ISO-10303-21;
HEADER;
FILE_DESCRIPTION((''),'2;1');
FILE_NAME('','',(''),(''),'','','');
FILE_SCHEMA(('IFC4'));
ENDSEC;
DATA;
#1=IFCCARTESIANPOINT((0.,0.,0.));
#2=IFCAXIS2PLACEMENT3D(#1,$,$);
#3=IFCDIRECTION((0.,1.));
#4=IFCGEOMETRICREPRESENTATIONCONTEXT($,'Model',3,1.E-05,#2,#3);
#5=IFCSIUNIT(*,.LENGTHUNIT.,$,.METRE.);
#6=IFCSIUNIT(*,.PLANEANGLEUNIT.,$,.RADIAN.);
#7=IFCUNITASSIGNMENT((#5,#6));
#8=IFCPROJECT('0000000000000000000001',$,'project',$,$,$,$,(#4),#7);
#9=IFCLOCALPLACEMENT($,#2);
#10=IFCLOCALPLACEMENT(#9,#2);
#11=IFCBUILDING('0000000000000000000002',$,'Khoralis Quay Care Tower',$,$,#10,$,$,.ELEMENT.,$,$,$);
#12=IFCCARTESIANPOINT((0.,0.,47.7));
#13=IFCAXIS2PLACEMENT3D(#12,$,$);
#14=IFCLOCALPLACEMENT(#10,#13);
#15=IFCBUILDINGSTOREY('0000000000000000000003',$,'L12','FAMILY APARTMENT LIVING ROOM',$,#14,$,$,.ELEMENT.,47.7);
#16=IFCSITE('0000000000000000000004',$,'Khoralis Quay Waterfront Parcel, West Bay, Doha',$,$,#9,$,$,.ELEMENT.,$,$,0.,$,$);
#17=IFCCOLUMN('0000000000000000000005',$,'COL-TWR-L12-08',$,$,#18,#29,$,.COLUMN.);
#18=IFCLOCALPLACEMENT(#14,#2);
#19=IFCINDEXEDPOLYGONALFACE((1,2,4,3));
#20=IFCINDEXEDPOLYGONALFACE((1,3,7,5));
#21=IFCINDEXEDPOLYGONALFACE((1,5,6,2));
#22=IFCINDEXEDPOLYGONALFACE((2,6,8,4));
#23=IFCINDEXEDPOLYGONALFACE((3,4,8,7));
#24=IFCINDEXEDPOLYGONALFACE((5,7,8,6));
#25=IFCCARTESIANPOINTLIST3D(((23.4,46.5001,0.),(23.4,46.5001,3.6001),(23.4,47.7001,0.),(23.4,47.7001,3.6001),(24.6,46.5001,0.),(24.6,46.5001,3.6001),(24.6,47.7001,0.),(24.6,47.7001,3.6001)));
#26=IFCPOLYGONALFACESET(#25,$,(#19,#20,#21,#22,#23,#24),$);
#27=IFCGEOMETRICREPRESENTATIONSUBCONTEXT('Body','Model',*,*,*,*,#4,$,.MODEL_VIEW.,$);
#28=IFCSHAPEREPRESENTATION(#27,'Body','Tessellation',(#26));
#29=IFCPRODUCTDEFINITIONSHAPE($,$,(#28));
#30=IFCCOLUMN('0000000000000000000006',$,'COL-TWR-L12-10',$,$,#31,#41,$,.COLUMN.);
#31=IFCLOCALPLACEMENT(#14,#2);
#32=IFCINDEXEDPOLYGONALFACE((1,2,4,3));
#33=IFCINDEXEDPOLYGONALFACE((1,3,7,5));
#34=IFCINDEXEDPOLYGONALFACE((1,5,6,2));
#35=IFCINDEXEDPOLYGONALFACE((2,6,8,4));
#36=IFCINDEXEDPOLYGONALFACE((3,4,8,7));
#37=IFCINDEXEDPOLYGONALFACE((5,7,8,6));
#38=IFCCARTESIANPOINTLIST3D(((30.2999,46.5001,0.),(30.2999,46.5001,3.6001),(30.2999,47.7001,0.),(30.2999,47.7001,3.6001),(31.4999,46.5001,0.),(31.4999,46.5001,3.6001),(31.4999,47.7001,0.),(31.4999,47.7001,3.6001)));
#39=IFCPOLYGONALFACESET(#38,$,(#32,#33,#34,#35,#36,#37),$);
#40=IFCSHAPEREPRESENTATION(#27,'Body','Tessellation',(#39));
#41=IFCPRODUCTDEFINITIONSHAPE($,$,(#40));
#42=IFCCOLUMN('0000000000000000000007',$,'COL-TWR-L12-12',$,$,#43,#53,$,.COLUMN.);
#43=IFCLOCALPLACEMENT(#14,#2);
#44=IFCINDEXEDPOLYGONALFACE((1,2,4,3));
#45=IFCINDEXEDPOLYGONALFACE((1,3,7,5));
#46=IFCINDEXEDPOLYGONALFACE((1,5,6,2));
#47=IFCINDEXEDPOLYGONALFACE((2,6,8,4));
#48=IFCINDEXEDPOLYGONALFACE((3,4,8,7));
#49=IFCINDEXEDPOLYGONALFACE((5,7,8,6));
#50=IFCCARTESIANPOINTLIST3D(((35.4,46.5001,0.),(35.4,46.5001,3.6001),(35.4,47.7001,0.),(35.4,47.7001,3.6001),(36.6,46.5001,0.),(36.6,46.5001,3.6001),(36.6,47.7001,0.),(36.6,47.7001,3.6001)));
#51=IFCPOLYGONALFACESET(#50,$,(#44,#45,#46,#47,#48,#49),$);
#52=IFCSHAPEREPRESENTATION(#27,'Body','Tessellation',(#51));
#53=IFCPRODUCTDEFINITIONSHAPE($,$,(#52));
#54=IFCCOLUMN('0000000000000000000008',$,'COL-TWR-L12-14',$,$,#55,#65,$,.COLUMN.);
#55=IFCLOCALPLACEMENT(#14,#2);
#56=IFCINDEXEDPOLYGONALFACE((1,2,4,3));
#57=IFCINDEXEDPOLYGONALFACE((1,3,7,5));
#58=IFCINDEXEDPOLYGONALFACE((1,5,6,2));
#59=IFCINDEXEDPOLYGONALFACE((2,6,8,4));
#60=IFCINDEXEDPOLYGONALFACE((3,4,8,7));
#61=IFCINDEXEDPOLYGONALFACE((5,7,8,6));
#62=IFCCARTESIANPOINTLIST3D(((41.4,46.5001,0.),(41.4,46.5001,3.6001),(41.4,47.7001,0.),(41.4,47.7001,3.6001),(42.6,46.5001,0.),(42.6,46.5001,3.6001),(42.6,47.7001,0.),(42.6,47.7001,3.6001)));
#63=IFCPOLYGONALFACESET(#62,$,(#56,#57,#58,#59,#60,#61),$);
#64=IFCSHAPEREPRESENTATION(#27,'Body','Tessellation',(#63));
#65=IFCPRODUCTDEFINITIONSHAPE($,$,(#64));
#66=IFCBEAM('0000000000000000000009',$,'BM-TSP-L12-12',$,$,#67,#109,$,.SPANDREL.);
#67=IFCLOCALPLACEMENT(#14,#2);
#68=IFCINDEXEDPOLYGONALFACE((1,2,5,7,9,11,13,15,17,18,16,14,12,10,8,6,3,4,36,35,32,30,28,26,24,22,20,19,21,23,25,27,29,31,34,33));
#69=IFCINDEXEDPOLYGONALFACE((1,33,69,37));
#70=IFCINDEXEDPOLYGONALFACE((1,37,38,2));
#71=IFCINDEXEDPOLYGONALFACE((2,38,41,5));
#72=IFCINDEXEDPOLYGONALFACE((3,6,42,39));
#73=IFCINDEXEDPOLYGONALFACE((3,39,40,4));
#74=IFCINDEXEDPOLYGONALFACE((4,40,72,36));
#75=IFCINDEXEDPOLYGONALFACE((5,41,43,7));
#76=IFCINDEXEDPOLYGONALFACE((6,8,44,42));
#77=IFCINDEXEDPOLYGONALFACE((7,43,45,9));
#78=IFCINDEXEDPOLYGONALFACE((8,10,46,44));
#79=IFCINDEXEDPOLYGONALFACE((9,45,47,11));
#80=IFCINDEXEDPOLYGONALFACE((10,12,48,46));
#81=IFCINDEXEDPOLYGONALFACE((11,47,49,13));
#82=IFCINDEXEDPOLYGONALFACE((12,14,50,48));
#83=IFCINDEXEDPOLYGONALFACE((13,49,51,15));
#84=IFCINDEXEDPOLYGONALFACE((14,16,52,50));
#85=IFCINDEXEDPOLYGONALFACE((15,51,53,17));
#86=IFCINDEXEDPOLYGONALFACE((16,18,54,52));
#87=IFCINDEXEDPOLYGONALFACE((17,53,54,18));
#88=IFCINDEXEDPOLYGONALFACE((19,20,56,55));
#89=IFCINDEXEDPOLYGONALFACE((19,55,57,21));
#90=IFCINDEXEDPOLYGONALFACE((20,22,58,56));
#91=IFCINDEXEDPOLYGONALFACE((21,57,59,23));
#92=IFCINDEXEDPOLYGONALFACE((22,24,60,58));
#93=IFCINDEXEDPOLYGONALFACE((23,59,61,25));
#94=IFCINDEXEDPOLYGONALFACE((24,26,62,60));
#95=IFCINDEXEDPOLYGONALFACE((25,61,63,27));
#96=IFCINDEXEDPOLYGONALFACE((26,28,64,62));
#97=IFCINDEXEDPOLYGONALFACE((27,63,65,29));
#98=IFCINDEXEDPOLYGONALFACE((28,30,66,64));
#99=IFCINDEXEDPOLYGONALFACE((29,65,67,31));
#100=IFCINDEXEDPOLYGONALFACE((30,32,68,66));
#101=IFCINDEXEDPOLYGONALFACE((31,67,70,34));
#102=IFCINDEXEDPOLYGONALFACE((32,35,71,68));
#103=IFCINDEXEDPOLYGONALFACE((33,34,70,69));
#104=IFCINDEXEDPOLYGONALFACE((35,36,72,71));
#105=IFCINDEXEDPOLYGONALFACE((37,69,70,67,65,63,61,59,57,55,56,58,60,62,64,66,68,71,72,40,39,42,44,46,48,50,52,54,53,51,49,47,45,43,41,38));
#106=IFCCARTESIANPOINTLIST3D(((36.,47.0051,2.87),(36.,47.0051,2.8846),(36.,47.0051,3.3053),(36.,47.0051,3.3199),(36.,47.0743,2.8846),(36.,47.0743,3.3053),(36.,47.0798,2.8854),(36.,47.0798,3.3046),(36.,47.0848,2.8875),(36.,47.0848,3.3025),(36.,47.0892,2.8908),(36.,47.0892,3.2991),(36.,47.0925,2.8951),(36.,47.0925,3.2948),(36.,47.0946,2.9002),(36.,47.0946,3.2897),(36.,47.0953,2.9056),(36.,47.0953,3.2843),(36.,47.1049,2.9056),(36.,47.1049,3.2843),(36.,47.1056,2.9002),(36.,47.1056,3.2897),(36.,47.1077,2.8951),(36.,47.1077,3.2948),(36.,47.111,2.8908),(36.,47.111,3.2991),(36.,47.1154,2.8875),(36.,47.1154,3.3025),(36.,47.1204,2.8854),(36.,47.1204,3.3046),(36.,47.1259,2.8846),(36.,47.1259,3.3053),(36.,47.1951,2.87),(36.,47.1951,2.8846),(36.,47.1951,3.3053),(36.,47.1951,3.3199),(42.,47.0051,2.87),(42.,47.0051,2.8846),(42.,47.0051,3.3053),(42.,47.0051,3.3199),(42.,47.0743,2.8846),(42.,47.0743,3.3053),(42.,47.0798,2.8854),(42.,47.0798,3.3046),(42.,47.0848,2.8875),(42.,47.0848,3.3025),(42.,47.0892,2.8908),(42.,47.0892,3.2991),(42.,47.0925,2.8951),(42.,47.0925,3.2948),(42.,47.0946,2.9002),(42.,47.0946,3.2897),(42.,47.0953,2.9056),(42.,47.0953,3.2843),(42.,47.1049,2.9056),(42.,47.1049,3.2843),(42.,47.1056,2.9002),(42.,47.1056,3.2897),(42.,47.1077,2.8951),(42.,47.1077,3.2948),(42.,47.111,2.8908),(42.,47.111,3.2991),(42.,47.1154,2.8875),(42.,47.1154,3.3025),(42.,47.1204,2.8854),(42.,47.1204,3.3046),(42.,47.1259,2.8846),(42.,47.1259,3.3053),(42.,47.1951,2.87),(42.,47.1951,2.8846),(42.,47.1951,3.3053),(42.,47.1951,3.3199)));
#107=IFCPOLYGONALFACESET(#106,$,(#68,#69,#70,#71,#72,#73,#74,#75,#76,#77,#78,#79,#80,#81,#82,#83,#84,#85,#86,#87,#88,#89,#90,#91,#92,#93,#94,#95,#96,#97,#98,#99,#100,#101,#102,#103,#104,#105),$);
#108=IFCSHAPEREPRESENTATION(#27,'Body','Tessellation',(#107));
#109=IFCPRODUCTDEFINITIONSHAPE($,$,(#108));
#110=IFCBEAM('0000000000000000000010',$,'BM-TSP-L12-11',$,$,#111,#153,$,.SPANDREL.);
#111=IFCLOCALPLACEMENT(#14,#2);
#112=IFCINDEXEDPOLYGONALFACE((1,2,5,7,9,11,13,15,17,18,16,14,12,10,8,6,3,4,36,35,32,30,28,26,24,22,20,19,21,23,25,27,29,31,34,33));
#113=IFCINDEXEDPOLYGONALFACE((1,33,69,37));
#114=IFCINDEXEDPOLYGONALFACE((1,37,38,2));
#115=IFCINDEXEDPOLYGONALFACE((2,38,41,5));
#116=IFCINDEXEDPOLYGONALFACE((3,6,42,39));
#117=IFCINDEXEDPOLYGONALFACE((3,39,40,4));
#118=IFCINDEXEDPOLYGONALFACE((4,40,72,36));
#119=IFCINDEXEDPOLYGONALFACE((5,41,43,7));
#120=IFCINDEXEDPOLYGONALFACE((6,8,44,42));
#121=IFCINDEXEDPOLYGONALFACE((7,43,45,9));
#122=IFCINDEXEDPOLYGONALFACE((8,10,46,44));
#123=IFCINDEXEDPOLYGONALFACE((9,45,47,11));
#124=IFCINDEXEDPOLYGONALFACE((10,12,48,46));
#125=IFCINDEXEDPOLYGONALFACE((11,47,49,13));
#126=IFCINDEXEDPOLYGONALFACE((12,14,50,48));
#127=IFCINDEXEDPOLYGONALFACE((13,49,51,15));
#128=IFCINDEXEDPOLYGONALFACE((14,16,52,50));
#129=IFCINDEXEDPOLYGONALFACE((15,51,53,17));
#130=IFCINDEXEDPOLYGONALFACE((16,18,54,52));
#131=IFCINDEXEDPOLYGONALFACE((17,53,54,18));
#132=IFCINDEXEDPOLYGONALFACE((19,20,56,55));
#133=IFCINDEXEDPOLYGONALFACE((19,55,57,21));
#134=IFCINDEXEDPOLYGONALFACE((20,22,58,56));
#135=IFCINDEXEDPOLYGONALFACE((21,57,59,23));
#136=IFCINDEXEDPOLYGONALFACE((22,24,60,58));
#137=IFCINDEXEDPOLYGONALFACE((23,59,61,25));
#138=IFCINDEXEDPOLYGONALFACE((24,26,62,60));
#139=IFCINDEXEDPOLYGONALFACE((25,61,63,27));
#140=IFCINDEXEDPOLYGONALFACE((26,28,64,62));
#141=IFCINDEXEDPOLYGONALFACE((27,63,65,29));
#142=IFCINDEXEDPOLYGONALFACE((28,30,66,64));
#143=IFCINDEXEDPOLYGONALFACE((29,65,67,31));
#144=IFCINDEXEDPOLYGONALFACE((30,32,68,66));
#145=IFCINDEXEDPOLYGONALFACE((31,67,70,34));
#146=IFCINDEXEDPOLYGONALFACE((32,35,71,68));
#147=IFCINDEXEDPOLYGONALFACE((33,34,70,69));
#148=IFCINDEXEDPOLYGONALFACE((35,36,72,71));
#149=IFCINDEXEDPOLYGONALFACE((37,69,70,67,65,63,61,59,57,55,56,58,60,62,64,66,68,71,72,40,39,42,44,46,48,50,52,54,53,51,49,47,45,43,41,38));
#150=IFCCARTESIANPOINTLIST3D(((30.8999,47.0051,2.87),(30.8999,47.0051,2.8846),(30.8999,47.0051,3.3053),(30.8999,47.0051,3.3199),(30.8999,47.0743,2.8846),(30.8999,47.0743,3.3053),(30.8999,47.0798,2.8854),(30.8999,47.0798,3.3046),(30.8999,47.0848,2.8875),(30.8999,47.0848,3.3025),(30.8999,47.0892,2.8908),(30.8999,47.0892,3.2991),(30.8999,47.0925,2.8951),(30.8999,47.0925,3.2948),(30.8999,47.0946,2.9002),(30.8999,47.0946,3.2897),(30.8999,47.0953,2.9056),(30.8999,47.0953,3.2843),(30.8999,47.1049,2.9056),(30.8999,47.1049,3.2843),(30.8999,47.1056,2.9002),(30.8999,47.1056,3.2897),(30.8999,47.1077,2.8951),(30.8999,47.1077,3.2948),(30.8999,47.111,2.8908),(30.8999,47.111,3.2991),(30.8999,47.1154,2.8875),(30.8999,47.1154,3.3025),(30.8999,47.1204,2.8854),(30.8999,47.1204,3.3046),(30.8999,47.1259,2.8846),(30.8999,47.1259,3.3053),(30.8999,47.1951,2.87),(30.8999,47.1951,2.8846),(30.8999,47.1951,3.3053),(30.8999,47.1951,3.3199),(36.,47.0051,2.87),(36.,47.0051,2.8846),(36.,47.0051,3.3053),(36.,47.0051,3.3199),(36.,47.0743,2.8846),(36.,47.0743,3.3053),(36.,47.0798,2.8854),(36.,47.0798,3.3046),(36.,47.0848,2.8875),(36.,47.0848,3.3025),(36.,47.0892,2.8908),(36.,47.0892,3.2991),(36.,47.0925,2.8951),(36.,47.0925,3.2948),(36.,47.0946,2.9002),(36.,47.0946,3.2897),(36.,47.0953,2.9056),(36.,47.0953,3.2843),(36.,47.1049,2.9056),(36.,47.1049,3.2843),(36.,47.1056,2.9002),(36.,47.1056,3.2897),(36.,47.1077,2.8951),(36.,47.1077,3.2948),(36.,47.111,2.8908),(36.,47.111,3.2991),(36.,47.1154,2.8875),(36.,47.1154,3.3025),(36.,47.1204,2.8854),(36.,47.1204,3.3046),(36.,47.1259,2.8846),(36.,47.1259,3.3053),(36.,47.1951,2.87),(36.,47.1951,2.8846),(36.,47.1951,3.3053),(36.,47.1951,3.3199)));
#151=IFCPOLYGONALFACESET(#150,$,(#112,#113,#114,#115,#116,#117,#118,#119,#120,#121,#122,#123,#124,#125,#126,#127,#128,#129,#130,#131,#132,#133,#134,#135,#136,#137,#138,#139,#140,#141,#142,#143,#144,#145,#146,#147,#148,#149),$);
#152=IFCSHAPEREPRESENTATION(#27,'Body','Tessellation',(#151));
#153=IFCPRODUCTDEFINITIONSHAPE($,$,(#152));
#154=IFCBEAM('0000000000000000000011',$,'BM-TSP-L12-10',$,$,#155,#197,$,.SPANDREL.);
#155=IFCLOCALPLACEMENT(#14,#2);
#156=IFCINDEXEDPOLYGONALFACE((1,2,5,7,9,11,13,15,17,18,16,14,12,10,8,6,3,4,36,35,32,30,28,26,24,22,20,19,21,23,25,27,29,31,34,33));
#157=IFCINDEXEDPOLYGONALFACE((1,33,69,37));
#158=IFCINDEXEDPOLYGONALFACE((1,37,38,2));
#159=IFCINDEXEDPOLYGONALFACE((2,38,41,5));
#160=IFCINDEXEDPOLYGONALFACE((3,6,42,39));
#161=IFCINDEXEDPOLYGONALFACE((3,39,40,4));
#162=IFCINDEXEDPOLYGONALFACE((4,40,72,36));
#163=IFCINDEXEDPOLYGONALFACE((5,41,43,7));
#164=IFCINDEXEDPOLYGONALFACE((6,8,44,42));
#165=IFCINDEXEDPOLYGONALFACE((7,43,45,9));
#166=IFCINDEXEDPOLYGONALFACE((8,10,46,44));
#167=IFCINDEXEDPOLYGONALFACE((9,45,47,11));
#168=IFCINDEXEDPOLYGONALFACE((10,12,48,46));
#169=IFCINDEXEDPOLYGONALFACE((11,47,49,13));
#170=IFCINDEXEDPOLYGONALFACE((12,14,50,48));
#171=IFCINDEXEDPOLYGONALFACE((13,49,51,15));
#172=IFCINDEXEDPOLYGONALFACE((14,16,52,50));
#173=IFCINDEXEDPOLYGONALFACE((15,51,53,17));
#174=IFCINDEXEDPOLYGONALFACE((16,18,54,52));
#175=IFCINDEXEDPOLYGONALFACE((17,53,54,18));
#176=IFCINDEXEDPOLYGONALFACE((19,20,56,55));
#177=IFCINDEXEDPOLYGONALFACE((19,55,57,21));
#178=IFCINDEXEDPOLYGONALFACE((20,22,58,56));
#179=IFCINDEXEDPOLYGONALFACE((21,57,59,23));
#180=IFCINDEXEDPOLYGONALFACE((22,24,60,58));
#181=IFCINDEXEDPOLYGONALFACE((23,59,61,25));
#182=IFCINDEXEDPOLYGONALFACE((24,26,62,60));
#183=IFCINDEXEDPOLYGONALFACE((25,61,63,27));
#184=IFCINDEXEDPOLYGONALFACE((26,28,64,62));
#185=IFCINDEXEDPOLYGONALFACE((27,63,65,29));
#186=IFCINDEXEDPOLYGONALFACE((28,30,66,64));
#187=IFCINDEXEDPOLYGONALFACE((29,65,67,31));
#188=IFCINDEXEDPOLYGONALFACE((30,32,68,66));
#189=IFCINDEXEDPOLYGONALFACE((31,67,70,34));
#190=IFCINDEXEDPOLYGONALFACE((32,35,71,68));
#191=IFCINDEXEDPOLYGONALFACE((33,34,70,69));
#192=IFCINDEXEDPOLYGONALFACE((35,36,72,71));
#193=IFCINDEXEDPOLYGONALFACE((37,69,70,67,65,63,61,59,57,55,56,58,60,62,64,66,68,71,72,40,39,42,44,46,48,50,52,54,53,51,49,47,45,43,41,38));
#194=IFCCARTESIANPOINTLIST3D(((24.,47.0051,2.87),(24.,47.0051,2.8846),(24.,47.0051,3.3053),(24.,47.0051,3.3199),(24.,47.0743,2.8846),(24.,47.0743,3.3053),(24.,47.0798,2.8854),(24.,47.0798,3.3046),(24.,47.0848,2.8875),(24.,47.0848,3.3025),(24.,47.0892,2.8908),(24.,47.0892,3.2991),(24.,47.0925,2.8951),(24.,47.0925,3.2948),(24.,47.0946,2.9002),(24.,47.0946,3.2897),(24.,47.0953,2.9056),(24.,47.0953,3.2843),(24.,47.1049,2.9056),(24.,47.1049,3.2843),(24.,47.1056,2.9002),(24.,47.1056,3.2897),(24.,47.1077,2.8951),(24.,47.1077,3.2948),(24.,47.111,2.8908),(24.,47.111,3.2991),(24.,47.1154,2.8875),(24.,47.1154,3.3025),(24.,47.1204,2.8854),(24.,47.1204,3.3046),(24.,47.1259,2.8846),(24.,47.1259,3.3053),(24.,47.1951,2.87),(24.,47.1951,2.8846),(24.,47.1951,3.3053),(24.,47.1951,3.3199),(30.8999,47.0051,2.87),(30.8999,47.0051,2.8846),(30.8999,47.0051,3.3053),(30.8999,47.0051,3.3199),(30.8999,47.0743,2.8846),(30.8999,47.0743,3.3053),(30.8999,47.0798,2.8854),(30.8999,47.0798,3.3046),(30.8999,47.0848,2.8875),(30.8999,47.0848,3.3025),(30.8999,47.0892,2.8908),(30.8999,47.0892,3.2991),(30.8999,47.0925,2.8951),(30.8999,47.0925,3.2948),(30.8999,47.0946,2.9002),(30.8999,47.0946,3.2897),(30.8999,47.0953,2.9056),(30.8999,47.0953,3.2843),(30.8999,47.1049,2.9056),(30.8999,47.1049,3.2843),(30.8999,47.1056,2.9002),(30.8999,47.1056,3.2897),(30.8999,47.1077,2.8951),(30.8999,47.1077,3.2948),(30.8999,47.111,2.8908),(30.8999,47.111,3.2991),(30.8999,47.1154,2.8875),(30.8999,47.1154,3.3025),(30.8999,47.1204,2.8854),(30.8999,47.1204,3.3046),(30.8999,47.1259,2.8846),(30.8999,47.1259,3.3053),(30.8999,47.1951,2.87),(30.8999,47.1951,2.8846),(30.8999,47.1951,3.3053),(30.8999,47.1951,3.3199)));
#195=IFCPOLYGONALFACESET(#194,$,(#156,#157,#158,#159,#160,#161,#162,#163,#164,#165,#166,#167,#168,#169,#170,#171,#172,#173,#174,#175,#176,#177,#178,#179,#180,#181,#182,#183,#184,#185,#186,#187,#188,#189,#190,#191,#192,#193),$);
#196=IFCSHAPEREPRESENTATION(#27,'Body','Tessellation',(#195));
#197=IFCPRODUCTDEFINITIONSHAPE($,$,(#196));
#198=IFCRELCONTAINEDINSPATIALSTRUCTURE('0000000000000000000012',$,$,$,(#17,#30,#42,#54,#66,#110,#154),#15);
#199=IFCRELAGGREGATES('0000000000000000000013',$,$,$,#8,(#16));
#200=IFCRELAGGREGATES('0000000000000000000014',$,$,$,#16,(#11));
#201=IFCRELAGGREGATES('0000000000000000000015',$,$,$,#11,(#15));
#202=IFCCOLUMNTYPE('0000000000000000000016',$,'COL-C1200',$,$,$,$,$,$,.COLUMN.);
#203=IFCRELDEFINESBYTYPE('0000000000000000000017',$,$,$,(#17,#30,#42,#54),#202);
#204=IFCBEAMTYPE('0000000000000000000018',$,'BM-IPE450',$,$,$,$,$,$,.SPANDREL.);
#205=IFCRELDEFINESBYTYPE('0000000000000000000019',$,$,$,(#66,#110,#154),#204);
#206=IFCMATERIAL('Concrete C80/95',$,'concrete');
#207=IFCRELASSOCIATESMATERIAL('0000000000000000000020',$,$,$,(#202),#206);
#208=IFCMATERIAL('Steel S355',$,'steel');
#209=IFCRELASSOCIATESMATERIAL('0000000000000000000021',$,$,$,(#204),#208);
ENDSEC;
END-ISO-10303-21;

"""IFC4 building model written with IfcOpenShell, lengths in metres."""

from ifc_helpers import new_model, si_unit, direction, frame, origin, origin_2d, place, context, subcontext, project, spatial, rectangle, i_section, extrude, source, transform, mapped, material, material_profile, profile_set, type_object, element, save


model = new_model("IFC4")

# Units and contexts
model_context = context("Model", 3, precision=1e-05, world=origin(), true_north=direction((0.0, 1.0)))
body_context = subcontext(model_context, "Body", "Model", "MODEL_VIEW")
ifc_project = project(units=[si_unit("LENGTHUNIT", "METRE"), si_unit("PLANEANGLEUNIT", "RADIAN")], contexts=[model_context])

# Site, building, storey
site_placement = place(None, origin())
site = spatial("IfcSite", under=ifc_project, at=site_placement, Name="Khoralis Quay Waterfront Parcel, West Bay, Doha", CompositionType="ELEMENT", RefElevation=0.0)
building_placement = place(site_placement, origin())
building = spatial("IfcBuilding", under=site, at=building_placement, Name="Khoralis Quay Care Tower", CompositionType="ELEMENT")
storey_placement = place(building_placement, frame((0.0, 0.0, 47.7)))
storey = spatial("IfcBuildingStorey", under=building, at=storey_placement, Name="L12", Description="FAMILY APARTMENT LIVING ROOM", CompositionType="ELEMENT", Elevation=47.7)

# Columns
ifc_material_1 = material(Name="Concrete C80/95", Category="concrete")
ifc_material_profile_1 = material_profile(ifc_material_1, rectangle(XDim=1.2, YDim=1.2, at=origin_2d()), Name="Concrete C80/95")
ifc_profile_set_1 = profile_set([ifc_material_profile_1], Name="Concrete C80/95")
column_type = type_object("IfcColumnType", Name="COL-C1200", PredefinedType="COLUMN", material=ifc_profile_set_1)
shared_shape_1 = source(origin(), body_context, "Body", "SweptSolid", [
    extrude(rectangle(XDim=1.2, YDim=1.2, at=origin_2d()), origin(), (0.0, 0.0, 1.0), 3.6001),
])
for number, where, z_axis, x_axis, name in (
    (1, (24.0, 47.1001, 0.0), (0.0, 0.0, 1.0), (1.0, 0.0, 0.0), "COL-TWR-L12-08"),
    (2, (30.8999, 47.1001, 0.0), (0.0, 0.0, 1.0), (1.0, 0.0, 0.0), "COL-TWR-L12-10"),
    (3, (36.0, 47.1001, 0.0), (0.0, 0.0, 1.0), (1.0, 0.0, 0.0), "COL-TWR-L12-12"),
    (4, (42.0, 47.1001, 0.0), (0.0, 0.0, 1.0), (1.0, 0.0, 0.0), "COL-TWR-L12-14"),
):
    element("IfcColumn", number, at=place(storey_placement, frame(where, z_axis=z_axis, x_axis=x_axis)), inside=storey, type_object=column_type, Name=name, PredefinedType="COLUMN", context=body_context, shape_type="MappedRepresentation", body=[
        mapped(shared_shape_1, transform((0.0, 0.0, 0.0), scale=1.0)),
    ])

# Beams
ifc_material_2 = material(Name="Steel S355", Category="steel")
ifc_material_profile_2 = material_profile(ifc_material_2, i_section(OverallWidth=0.1899, OverallDepth=0.45, WebThickness=0.0095, FlangeThickness=0.0146, FilletRadius=0.021, at=origin_2d()), Name="Steel S355")
ifc_profile_set_2 = profile_set([ifc_material_profile_2], Name="Steel S355")
beam_type_1 = type_object("IfcBeamType", Name="BM-IPE450", PredefinedType="SPANDREL", material=ifc_profile_set_2)
shared_shape_2 = source(origin(), body_context, "Body", "SweptSolid", [
    extrude(i_section(OverallWidth=0.1899, OverallDepth=0.45, WebThickness=0.0095, FlangeThickness=0.0146, FilletRadius=0.021, at=origin_2d()), origin(), (0.0, 0.0, 1.0), 6.0),
])
beam_1_placement = place(storey_placement, frame((36.0, 47.1001, 3.095), z_axis=(1.0, 0.0, 0.0), x_axis=(0.0, 1.0, 0.0)))
element("IfcBeam", 5, at=beam_1_placement, inside=storey, type_object=beam_type_1, Name="BM-TSP-L12-12", PredefinedType="SPANDREL", context=body_context, shape_type="MappedRepresentation", body=[
    mapped(shared_shape_2, transform((0.0, 0.0, 0.0), scale=1.0)),
])
shared_shape_3 = source(origin(), body_context, "Body", "SweptSolid", [
    extrude(i_section(OverallWidth=0.1899, OverallDepth=0.45, WebThickness=0.0095, FlangeThickness=0.0146, FilletRadius=0.021, at=origin_2d()), origin(), (0.0, 0.0, 1.0), 5.1001),
])
beam_2_placement = place(storey_placement, frame((30.8999, 47.1001, 3.095), z_axis=(1.0, 0.0, 0.0), x_axis=(0.0, 1.0, 0.0)))
element("IfcBeam", 6, at=beam_2_placement, inside=storey, type_object=beam_type_1, Name="BM-TSP-L12-11", PredefinedType="SPANDREL", context=body_context, shape_type="MappedRepresentation", body=[
    mapped(shared_shape_3, transform((0.0, 0.0, 0.0), scale=1.0)),
])
shared_shape_4 = source(origin(), body_context, "Body", "SweptSolid", [
    extrude(i_section(OverallWidth=0.1899, OverallDepth=0.45, WebThickness=0.0095, FlangeThickness=0.0146, FilletRadius=0.021, at=origin_2d()), origin(), (0.0, 0.0, 1.0), 6.8999),
])
beam_3_placement = place(storey_placement, frame((24.0, 47.1001, 3.095), z_axis=(1.0, 0.0, 0.0), x_axis=(0.0, 1.0, 0.0)))
element("IfcBeam", 7, at=beam_3_placement, inside=storey, type_object=beam_type_1, Name="BM-TSP-L12-10", PredefinedType="SPANDREL", context=body_context, shape_type="MappedRepresentation", body=[
    mapped(shared_shape_4, transform((0.0, 0.0, 0.0), scale=1.0)),
])

save(model, "model.ifc")
